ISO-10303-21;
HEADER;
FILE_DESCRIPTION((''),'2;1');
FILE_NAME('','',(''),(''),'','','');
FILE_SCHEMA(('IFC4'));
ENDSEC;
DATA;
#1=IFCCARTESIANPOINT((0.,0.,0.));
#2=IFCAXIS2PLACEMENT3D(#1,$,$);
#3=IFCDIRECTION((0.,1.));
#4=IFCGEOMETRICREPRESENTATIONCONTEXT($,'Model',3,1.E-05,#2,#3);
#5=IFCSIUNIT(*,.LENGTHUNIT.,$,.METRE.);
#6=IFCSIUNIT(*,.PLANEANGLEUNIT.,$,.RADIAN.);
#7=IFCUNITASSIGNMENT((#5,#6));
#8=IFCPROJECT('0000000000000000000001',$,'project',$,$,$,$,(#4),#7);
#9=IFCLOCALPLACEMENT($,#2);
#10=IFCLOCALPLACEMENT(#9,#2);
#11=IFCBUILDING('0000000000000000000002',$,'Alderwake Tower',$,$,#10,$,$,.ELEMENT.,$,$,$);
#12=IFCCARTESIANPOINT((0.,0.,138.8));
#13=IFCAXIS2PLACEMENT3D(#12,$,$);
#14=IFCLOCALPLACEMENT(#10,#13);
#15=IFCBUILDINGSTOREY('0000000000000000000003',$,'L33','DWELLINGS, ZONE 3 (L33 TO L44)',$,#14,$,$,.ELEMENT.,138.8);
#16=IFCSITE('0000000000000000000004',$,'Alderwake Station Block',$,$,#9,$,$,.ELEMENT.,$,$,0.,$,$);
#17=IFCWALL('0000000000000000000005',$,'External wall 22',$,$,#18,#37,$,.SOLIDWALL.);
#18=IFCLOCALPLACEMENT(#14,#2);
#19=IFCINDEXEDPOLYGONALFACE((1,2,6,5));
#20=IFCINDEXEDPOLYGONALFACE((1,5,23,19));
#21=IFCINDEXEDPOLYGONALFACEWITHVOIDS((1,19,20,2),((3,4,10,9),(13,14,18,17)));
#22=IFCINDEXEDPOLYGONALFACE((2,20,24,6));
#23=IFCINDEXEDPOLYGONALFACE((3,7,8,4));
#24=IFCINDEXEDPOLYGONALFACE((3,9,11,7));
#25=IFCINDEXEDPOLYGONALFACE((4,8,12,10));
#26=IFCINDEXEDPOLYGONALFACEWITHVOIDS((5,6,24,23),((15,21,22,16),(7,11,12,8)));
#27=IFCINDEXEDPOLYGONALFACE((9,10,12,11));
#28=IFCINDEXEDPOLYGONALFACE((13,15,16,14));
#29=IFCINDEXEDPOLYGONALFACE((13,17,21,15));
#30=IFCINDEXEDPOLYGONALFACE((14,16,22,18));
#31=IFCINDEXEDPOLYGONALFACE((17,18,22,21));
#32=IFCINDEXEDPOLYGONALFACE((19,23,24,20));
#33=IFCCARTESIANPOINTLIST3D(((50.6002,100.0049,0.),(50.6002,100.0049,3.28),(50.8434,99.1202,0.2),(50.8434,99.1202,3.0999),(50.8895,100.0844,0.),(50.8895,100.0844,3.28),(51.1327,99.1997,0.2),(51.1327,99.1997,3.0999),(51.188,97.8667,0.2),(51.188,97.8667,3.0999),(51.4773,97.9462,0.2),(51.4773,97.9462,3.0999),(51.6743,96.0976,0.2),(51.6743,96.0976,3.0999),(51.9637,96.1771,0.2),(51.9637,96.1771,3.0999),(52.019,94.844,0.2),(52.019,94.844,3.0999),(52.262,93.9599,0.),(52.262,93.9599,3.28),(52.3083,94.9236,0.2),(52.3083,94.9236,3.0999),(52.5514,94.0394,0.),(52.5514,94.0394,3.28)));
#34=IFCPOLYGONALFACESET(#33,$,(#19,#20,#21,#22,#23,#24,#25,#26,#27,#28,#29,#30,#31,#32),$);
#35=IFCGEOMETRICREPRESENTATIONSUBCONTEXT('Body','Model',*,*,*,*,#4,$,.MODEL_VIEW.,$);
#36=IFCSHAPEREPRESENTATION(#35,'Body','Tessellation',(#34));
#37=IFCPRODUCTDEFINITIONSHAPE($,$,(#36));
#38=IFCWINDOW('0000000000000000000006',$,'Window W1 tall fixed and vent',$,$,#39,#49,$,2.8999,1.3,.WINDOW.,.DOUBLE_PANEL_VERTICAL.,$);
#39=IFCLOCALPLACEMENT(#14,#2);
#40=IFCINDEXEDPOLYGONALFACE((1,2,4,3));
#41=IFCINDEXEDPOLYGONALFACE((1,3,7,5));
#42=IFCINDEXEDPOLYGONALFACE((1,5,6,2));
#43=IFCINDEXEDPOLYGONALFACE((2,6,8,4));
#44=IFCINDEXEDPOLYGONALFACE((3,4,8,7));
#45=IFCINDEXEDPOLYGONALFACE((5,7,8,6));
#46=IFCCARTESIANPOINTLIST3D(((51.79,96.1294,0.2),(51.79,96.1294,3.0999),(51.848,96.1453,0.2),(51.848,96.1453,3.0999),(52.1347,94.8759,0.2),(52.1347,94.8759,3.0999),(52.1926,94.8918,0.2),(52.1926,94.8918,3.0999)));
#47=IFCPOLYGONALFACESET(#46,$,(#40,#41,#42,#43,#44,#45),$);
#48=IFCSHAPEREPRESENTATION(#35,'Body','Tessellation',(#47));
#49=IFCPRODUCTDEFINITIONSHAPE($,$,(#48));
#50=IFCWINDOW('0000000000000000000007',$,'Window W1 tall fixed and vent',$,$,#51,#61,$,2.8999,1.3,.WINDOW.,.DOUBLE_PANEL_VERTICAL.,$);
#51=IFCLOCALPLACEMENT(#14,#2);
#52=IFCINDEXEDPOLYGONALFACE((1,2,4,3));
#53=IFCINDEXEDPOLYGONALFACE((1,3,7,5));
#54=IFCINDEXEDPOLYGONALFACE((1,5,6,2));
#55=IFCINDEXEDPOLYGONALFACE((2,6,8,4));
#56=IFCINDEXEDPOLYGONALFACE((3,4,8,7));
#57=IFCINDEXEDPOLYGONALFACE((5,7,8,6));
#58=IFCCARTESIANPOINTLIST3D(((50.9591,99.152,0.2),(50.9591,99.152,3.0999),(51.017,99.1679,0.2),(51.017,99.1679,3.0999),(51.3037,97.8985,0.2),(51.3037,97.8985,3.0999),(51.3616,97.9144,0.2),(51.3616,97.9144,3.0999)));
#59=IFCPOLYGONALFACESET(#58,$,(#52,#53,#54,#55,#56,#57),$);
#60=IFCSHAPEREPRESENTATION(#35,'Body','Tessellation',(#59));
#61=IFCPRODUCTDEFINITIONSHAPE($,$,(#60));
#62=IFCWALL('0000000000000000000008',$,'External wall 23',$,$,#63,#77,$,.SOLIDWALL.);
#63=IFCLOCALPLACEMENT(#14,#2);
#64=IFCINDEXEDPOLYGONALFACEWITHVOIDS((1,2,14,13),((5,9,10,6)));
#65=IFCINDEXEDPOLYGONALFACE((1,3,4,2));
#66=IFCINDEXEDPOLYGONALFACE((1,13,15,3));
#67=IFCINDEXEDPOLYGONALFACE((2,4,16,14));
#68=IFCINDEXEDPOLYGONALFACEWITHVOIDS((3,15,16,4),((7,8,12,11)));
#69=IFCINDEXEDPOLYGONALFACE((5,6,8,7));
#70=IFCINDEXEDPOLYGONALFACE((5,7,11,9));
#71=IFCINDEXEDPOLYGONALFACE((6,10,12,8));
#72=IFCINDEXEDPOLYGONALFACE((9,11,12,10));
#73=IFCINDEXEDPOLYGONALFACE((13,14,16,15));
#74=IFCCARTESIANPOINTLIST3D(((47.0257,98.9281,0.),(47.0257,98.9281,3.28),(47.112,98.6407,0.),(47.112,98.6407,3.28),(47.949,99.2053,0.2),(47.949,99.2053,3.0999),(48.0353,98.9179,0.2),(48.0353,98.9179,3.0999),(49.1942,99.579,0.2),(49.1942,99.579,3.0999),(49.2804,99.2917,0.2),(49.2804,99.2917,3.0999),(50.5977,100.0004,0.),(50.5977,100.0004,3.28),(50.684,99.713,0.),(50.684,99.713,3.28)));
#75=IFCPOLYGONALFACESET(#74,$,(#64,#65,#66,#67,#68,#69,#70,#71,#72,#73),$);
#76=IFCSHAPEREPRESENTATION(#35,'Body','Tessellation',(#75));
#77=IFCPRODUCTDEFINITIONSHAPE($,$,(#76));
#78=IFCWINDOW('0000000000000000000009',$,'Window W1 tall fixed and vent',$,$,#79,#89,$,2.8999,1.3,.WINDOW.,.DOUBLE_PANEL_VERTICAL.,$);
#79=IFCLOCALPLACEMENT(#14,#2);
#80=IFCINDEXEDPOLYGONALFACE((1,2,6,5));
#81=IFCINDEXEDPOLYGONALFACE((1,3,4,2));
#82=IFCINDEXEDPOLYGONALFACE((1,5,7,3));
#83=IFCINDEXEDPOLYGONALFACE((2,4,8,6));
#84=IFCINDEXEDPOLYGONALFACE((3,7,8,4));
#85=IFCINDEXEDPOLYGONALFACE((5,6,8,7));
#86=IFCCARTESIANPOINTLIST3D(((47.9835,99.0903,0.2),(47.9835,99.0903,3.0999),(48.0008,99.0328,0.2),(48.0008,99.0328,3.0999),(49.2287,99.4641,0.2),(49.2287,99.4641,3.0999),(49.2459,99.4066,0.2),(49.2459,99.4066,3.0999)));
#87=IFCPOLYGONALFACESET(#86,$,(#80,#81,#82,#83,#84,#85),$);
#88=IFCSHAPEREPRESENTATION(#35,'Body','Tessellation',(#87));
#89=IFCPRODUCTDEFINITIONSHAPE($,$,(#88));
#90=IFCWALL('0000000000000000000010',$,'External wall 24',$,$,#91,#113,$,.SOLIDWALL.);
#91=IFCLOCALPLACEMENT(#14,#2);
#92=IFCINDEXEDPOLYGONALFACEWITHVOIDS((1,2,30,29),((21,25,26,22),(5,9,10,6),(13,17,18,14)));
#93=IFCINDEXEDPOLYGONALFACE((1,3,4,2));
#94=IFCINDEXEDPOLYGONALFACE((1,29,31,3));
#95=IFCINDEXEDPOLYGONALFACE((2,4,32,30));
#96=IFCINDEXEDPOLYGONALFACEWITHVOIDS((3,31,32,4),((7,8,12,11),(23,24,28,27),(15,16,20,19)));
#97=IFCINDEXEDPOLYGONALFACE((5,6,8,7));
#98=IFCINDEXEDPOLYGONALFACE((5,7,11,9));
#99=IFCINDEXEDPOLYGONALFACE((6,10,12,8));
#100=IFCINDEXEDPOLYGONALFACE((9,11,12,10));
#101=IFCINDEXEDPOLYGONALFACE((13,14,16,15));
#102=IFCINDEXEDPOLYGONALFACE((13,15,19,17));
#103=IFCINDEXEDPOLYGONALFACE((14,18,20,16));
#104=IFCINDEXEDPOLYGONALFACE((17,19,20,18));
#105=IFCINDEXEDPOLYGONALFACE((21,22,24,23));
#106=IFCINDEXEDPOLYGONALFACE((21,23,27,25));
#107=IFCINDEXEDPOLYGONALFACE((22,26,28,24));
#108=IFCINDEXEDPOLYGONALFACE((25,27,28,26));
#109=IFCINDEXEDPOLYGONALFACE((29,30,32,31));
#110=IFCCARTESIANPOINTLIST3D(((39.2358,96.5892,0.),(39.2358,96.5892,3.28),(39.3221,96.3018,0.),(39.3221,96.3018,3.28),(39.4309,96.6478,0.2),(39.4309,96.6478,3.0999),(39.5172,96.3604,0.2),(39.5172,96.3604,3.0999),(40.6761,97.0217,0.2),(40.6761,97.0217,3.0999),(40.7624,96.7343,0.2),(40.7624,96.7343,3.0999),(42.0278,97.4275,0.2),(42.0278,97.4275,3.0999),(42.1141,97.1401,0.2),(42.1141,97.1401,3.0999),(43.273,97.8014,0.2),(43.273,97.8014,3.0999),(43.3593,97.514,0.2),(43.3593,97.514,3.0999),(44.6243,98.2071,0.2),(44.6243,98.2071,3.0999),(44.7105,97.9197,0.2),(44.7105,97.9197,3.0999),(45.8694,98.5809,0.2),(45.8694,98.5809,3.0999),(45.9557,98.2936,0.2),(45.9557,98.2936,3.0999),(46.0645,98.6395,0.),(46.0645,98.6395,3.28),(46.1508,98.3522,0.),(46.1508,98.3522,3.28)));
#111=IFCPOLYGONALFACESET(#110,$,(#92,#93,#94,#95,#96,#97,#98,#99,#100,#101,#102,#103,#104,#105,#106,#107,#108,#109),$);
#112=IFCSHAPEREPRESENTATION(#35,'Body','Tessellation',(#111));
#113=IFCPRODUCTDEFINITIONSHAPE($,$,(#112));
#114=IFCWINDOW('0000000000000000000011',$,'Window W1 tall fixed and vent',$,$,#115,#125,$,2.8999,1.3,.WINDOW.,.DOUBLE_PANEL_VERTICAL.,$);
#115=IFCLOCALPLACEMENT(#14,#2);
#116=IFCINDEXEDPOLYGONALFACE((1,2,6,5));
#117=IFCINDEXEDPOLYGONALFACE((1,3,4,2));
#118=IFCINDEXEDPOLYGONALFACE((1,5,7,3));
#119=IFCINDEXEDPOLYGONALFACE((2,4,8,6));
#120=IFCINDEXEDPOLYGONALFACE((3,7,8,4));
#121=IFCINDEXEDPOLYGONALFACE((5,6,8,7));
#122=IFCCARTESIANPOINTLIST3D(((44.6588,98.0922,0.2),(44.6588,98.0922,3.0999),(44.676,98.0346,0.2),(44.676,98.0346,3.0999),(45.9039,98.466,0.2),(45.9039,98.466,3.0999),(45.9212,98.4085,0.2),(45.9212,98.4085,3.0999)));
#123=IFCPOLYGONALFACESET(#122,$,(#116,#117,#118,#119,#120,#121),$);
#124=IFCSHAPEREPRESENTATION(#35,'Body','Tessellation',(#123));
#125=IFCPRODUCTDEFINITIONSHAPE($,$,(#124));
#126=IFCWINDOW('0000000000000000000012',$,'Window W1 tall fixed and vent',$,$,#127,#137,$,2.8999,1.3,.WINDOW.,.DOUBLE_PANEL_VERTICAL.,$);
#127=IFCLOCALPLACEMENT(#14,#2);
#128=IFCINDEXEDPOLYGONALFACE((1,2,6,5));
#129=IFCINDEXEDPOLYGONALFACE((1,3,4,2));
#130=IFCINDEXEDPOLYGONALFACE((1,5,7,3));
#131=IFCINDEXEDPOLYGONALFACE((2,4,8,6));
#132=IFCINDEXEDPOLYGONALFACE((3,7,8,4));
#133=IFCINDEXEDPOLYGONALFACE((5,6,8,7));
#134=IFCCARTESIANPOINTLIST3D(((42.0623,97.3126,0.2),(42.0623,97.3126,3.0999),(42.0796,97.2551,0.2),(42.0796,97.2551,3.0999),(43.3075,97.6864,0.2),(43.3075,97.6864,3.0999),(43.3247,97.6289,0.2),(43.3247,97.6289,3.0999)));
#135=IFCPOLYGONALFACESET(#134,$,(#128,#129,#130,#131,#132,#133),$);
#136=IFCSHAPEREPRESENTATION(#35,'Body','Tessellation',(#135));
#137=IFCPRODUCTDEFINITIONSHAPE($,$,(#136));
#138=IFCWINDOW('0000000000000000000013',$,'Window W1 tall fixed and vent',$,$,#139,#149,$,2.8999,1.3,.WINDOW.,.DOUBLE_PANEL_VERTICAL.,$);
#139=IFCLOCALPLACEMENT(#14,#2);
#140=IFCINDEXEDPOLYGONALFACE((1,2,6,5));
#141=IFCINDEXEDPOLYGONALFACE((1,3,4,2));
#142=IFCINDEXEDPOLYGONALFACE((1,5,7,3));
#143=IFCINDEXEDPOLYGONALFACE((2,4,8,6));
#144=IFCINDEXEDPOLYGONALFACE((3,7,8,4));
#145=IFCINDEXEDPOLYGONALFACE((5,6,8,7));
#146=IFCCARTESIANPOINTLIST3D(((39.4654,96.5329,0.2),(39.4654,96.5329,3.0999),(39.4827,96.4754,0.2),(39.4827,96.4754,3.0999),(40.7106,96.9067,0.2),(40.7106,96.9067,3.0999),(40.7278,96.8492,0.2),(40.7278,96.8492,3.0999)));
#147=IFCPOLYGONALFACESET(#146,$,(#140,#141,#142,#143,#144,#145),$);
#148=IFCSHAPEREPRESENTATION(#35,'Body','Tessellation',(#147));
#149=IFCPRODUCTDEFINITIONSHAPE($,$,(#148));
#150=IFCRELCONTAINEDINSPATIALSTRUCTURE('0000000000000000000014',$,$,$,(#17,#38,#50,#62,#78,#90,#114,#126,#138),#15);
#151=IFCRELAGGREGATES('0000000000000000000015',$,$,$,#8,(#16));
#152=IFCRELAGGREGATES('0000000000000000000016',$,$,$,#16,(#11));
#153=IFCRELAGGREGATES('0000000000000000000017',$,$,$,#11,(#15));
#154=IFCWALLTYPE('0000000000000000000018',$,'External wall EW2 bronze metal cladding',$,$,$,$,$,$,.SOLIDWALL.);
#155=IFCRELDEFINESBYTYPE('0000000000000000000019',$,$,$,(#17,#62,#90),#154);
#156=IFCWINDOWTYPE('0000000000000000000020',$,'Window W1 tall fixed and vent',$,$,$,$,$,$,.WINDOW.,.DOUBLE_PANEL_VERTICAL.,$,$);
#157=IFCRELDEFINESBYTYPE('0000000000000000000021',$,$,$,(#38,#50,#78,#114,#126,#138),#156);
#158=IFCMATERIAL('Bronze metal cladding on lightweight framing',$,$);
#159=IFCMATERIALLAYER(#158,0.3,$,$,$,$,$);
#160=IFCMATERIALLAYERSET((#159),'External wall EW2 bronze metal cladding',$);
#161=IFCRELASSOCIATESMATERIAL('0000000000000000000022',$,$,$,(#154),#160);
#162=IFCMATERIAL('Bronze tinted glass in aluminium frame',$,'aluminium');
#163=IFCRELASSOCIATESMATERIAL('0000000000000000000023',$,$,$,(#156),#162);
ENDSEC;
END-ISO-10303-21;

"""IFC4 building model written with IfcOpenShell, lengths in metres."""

from ifc_helpers import new_model, si_unit, direction, frame, frame_2d, origin, place, context, subcontext, project, spatial, rectangle, extrude, material, layer, layer_set, type_object, element, fill, save


model = new_model("IFC4")

# Units and contexts
model_context = context("Model", 3, precision=1e-05, world=origin(), true_north=direction((0.0, 1.0)))
body_context = subcontext(model_context, "Body", "Model", "MODEL_VIEW")
ifc_project = project(units=[si_unit("LENGTHUNIT", "METRE"), si_unit("PLANEANGLEUNIT", "RADIAN")], contexts=[model_context])

# Site, building, storey
site_placement = place(None, origin())
site = spatial("IfcSite", under=ifc_project, at=site_placement, Name="Alderwake Station Block", CompositionType="ELEMENT", RefElevation=0.0)
building_placement = place(site_placement, origin())
building = spatial("IfcBuilding", under=site, at=building_placement, Name="Alderwake Tower", CompositionType="ELEMENT")
storey_placement = place(building_placement, frame((0.0, 0.0, 138.8)))
storey = spatial("IfcBuildingStorey", under=building, at=storey_placement, Name="L33", Description="DWELLINGS, ZONE 3 (L33 TO L44)", CompositionType="ELEMENT", Elevation=138.8)

# Shared definitions
ifc_material_1 = material(Name="Bronze metal cladding on lightweight framing")
ifc_layer_1 = layer(ifc_material_1, 0.3)
ifc_layer_set_1 = layer_set([ifc_layer_1], Name="External wall EW2 bronze metal cladding")
wall_type = type_object("IfcWallType", Name="External wall EW2 bronze metal cladding", PredefinedType="SOLIDWALL", material=ifc_layer_set_1)
ifc_material_2 = material(Name="Bronze tinted glass in aluminium frame", Category="aluminium")
window_type_1 = type_object("IfcWindowType", Name="Window W1 tall fixed and vent", PartitioningType="DOUBLE_PANEL_VERTICAL", PredefinedType="WINDOW", material=ifc_material_2)

# Wall, openings, windows
wall_1_placement = place(storey_placement, frame((52.4067, 93.9995, 0.0), z_axis=(0.0, 0.0, 1.0), x_axis=(-0.265084, 0.964225, 0.0)))
wall_1 = element("IfcWall", 1, at=wall_1_placement, inside=storey, type_object=wall_type, Name="External wall 22", PredefinedType="SOLIDWALL", context=body_context, shape_type="SweptSolid", body=[
    extrude(rectangle(XDim=6.2693, YDim=0.3, at=frame_2d((3.1348, 0.0))), origin(), (0.0, 0.0, 1.0), 3.28),
])
opening_1_placement = place(wall_1_placement, frame((0.9172, 0.0, 0.2)))
opening_1 = element("IfcOpeningElement", 2, at=opening_1_placement, cuts=wall_1, PredefinedType="OPENING", context=body_context, shape_type="SweptSolid", body=[
    extrude(rectangle(XDim=1.3, YDim=2.8999, at=frame_2d((0.6499, 1.45))), frame((0.0, 0.1599, 0.0), z_axis=(0.0, -1.0, 0.0), x_axis=(1.0, 0.0, 0.0)), (0.0, 0.0, 1.0), 0.3201),
])
opening_2_placement = place(wall_1_placement, frame((4.052, 0.0, 0.2)))
opening_2 = element("IfcOpeningElement", 3, at=opening_2_placement, cuts=wall_1, PredefinedType="OPENING", context=body_context, shape_type="SweptSolid", body=[
    extrude(rectangle(XDim=1.3, YDim=2.8999, at=frame_2d((0.6499, 1.45))), frame((0.0, 0.1599, 0.0), z_axis=(0.0, -1.0, 0.0), x_axis=(1.0, 0.0, 0.0)), (0.0, 0.0, 1.0), 0.3201),
])
window_1_placement = place(opening_1_placement, origin())
window_1 = element("IfcWindow", 4, at=window_1_placement, inside=storey, type_object=window_type_1, Name="Window W1 tall fixed and vent", OverallHeight=2.8999, OverallWidth=1.3, PartitioningType="DOUBLE_PANEL_VERTICAL", PredefinedType="WINDOW", context=body_context, shape_type="SweptSolid", body=[
    extrude(rectangle(XDim=1.3, YDim=2.8999, at=frame_2d((0.6499, 1.45))), frame((0.0, 0.03, 0.0), z_axis=(0.0, -1.0, 0.0), x_axis=(1.0, 0.0, 0.0)), (0.0, 0.0, 1.0), 0.0601),
])
fill(opening_1, window_1)
window_2_placement = place(opening_2_placement, origin())
window_2 = element("IfcWindow", 5, at=window_2_placement, inside=storey, type_object=window_type_1, Name="Window W1 tall fixed and vent", OverallHeight=2.8999, OverallWidth=1.3, PartitioningType="DOUBLE_PANEL_VERTICAL", PredefinedType="WINDOW", context=body_context, shape_type="SweptSolid", body=[
    extrude(rectangle(XDim=1.3, YDim=2.8999, at=frame_2d((0.6499, 1.45))), frame((0.0, 0.03, 0.0), z_axis=(0.0, -1.0, 0.0), x_axis=(1.0, 0.0, 0.0)), (0.0, 0.0, 1.0), 0.0601),
])
fill(opening_2, window_2)

# Wall, opening, window
wall_2_placement = place(storey_placement, frame((50.6409, 99.8567, 0.0), z_axis=(0.0, 0.0, 1.0), x_axis=(-0.957778, -0.28751, 0.0)))
wall_2 = element("IfcWall", 6, at=wall_2_placement, inside=storey, type_object=wall_type, Name="External wall 23", PredefinedType="SOLIDWALL", context=body_context, shape_type="SweptSolid", body=[
    extrude(rectangle(XDim=3.7295, YDim=0.3, at=frame_2d((1.8647, 0.0))), origin(), (0.0, 0.0, 1.0), 3.28),
])
opening_3_placement = place(wall_2_placement, frame((1.4656, 0.0, 0.2)))
opening_3 = element("IfcOpeningElement", 7, at=opening_3_placement, cuts=wall_2, PredefinedType="OPENING", context=body_context, shape_type="SweptSolid", body=[
    extrude(rectangle(XDim=1.3, YDim=2.8999, at=frame_2d((0.6499, 1.45))), frame((0.0, 0.1599, 0.0), z_axis=(0.0, -1.0, 0.0), x_axis=(1.0, 0.0, 0.0)), (0.0, 0.0, 1.0), 0.3201),
])
window_3_placement = place(opening_3_placement, origin())
window_3 = element("IfcWindow", 8, at=window_3_placement, inside=storey, type_object=window_type_1, Name="Window W1 tall fixed and vent", OverallHeight=2.8999, OverallWidth=1.3, PartitioningType="DOUBLE_PANEL_VERTICAL", PredefinedType="WINDOW", context=body_context, shape_type="SweptSolid", body=[
    extrude(rectangle(XDim=1.3, YDim=2.8999, at=frame_2d((0.6499, 1.45))), frame((0.0, 0.03, 0.0), z_axis=(0.0, -1.0, 0.0), x_axis=(1.0, 0.0, 0.0)), (0.0, 0.0, 1.0), 0.0601),
])
fill(opening_3, window_3)

# Wall, openings, windows
wall_3_placement = place(storey_placement, frame((46.1077, 98.4958, 0.0), z_axis=(0.0, 0.0, 1.0), x_axis=(-0.95776, -0.287568, 0.0)))
wall_3 = element("IfcWall", 9, at=wall_3_placement, inside=storey, type_object=wall_type, Name="External wall 24", PredefinedType="SOLIDWALL", context=body_context, shape_type="SweptSolid", body=[
    extrude(rectangle(XDim=7.1299, YDim=0.3, at=frame_2d((3.5649, 0.0))), origin(), (0.0, 0.0, 1.0), 3.28),
])
opening_4_placement = place(wall_3_placement, frame((0.2039, 0.0, 0.2)))
opening_4 = element("IfcOpeningElement", 10, at=opening_4_placement, cuts=wall_3, PredefinedType="OPENING", context=body_context, shape_type="SweptSolid", body=[
    extrude(rectangle(XDim=1.3, YDim=2.8999, at=frame_2d((0.6499, 1.45))), frame((0.0, 0.1599, 0.0), z_axis=(0.0, -1.0, 0.0), x_axis=(1.0, 0.0, 0.0)), (0.0, 0.0, 1.0), 0.3201),
])
opening_5_placement = place(wall_3_placement, frame((2.9148, 0.0, 0.2)))
opening_5 = element("IfcOpeningElement", 11, at=opening_5_placement, cuts=wall_3, PredefinedType="OPENING", context=body_context, shape_type="SweptSolid", body=[
    extrude(rectangle(XDim=1.3, YDim=2.8999, at=frame_2d((0.6499, 1.45))), frame((0.0, 0.1599, 0.0), z_axis=(0.0, -1.0, 0.0), x_axis=(1.0, 0.0, 0.0)), (0.0, 0.0, 1.0), 0.3201),
])
opening_6_placement = place(wall_3_placement, frame((5.6262, 0.0, 0.2)))
opening_6 = element("IfcOpeningElement", 12, at=opening_6_placement, cuts=wall_3, PredefinedType="OPENING", context=body_context, shape_type="SweptSolid", body=[
    extrude(rectangle(XDim=1.3, YDim=2.8999, at=frame_2d((0.6499, 1.45))), frame((0.0, 0.1599, 0.0), z_axis=(0.0, -1.0, 0.0), x_axis=(1.0, 0.0, 0.0)), (0.0, 0.0, 1.0), 0.3201),
])
window_4_placement = place(opening_4_placement, origin())
window_4 = element("IfcWindow", 13, at=window_4_placement, inside=storey, type_object=window_type_1, Name="Window W1 tall fixed and vent", OverallHeight=2.8999, OverallWidth=1.3, PartitioningType="DOUBLE_PANEL_VERTICAL", PredefinedType="WINDOW", context=body_context, shape_type="SweptSolid", body=[
    extrude(rectangle(XDim=1.3, YDim=2.8999, at=frame_2d((0.6499, 1.45))), frame((0.0, 0.03, 0.0), z_axis=(0.0, -1.0, 0.0), x_axis=(1.0, 0.0, 0.0)), (0.0, 0.0, 1.0), 0.0601),
])
fill(opening_4, window_4)
window_5_placement = place(opening_5_placement, origin())
window_5 = element("IfcWindow", 14, at=window_5_placement, inside=storey, type_object=window_type_1, Name="Window W1 tall fixed and vent", OverallHeight=2.8999, OverallWidth=1.3, PartitioningType="DOUBLE_PANEL_VERTICAL", PredefinedType="WINDOW", context=body_context, shape_type="SweptSolid", body=[
    extrude(rectangle(XDim=1.3, YDim=2.8999, at=frame_2d((0.6499, 1.45))), frame((0.0, 0.03, 0.0), z_axis=(0.0, -1.0, 0.0), x_axis=(1.0, 0.0, 0.0)), (0.0, 0.0, 1.0), 0.0601),
])
fill(opening_5, window_5)
window_6_placement = place(opening_6_placement, origin())
window_6 = element("IfcWindow", 15, at=window_6_placement, inside=storey, type_object=window_type_1, Name="Window W1 tall fixed and vent", OverallHeight=2.8999, OverallWidth=1.3, PartitioningType="DOUBLE_PANEL_VERTICAL", PredefinedType="WINDOW", context=body_context, shape_type="SweptSolid", body=[
    extrude(rectangle(XDim=1.3, YDim=2.8999, at=frame_2d((0.6499, 1.45))), frame((0.0, 0.03, 0.0), z_axis=(0.0, -1.0, 0.0), x_axis=(1.0, 0.0, 0.0)), (0.0, 0.0, 1.0), 0.0601),
])
fill(opening_6, window_6)

save(model, "model.ifc")
